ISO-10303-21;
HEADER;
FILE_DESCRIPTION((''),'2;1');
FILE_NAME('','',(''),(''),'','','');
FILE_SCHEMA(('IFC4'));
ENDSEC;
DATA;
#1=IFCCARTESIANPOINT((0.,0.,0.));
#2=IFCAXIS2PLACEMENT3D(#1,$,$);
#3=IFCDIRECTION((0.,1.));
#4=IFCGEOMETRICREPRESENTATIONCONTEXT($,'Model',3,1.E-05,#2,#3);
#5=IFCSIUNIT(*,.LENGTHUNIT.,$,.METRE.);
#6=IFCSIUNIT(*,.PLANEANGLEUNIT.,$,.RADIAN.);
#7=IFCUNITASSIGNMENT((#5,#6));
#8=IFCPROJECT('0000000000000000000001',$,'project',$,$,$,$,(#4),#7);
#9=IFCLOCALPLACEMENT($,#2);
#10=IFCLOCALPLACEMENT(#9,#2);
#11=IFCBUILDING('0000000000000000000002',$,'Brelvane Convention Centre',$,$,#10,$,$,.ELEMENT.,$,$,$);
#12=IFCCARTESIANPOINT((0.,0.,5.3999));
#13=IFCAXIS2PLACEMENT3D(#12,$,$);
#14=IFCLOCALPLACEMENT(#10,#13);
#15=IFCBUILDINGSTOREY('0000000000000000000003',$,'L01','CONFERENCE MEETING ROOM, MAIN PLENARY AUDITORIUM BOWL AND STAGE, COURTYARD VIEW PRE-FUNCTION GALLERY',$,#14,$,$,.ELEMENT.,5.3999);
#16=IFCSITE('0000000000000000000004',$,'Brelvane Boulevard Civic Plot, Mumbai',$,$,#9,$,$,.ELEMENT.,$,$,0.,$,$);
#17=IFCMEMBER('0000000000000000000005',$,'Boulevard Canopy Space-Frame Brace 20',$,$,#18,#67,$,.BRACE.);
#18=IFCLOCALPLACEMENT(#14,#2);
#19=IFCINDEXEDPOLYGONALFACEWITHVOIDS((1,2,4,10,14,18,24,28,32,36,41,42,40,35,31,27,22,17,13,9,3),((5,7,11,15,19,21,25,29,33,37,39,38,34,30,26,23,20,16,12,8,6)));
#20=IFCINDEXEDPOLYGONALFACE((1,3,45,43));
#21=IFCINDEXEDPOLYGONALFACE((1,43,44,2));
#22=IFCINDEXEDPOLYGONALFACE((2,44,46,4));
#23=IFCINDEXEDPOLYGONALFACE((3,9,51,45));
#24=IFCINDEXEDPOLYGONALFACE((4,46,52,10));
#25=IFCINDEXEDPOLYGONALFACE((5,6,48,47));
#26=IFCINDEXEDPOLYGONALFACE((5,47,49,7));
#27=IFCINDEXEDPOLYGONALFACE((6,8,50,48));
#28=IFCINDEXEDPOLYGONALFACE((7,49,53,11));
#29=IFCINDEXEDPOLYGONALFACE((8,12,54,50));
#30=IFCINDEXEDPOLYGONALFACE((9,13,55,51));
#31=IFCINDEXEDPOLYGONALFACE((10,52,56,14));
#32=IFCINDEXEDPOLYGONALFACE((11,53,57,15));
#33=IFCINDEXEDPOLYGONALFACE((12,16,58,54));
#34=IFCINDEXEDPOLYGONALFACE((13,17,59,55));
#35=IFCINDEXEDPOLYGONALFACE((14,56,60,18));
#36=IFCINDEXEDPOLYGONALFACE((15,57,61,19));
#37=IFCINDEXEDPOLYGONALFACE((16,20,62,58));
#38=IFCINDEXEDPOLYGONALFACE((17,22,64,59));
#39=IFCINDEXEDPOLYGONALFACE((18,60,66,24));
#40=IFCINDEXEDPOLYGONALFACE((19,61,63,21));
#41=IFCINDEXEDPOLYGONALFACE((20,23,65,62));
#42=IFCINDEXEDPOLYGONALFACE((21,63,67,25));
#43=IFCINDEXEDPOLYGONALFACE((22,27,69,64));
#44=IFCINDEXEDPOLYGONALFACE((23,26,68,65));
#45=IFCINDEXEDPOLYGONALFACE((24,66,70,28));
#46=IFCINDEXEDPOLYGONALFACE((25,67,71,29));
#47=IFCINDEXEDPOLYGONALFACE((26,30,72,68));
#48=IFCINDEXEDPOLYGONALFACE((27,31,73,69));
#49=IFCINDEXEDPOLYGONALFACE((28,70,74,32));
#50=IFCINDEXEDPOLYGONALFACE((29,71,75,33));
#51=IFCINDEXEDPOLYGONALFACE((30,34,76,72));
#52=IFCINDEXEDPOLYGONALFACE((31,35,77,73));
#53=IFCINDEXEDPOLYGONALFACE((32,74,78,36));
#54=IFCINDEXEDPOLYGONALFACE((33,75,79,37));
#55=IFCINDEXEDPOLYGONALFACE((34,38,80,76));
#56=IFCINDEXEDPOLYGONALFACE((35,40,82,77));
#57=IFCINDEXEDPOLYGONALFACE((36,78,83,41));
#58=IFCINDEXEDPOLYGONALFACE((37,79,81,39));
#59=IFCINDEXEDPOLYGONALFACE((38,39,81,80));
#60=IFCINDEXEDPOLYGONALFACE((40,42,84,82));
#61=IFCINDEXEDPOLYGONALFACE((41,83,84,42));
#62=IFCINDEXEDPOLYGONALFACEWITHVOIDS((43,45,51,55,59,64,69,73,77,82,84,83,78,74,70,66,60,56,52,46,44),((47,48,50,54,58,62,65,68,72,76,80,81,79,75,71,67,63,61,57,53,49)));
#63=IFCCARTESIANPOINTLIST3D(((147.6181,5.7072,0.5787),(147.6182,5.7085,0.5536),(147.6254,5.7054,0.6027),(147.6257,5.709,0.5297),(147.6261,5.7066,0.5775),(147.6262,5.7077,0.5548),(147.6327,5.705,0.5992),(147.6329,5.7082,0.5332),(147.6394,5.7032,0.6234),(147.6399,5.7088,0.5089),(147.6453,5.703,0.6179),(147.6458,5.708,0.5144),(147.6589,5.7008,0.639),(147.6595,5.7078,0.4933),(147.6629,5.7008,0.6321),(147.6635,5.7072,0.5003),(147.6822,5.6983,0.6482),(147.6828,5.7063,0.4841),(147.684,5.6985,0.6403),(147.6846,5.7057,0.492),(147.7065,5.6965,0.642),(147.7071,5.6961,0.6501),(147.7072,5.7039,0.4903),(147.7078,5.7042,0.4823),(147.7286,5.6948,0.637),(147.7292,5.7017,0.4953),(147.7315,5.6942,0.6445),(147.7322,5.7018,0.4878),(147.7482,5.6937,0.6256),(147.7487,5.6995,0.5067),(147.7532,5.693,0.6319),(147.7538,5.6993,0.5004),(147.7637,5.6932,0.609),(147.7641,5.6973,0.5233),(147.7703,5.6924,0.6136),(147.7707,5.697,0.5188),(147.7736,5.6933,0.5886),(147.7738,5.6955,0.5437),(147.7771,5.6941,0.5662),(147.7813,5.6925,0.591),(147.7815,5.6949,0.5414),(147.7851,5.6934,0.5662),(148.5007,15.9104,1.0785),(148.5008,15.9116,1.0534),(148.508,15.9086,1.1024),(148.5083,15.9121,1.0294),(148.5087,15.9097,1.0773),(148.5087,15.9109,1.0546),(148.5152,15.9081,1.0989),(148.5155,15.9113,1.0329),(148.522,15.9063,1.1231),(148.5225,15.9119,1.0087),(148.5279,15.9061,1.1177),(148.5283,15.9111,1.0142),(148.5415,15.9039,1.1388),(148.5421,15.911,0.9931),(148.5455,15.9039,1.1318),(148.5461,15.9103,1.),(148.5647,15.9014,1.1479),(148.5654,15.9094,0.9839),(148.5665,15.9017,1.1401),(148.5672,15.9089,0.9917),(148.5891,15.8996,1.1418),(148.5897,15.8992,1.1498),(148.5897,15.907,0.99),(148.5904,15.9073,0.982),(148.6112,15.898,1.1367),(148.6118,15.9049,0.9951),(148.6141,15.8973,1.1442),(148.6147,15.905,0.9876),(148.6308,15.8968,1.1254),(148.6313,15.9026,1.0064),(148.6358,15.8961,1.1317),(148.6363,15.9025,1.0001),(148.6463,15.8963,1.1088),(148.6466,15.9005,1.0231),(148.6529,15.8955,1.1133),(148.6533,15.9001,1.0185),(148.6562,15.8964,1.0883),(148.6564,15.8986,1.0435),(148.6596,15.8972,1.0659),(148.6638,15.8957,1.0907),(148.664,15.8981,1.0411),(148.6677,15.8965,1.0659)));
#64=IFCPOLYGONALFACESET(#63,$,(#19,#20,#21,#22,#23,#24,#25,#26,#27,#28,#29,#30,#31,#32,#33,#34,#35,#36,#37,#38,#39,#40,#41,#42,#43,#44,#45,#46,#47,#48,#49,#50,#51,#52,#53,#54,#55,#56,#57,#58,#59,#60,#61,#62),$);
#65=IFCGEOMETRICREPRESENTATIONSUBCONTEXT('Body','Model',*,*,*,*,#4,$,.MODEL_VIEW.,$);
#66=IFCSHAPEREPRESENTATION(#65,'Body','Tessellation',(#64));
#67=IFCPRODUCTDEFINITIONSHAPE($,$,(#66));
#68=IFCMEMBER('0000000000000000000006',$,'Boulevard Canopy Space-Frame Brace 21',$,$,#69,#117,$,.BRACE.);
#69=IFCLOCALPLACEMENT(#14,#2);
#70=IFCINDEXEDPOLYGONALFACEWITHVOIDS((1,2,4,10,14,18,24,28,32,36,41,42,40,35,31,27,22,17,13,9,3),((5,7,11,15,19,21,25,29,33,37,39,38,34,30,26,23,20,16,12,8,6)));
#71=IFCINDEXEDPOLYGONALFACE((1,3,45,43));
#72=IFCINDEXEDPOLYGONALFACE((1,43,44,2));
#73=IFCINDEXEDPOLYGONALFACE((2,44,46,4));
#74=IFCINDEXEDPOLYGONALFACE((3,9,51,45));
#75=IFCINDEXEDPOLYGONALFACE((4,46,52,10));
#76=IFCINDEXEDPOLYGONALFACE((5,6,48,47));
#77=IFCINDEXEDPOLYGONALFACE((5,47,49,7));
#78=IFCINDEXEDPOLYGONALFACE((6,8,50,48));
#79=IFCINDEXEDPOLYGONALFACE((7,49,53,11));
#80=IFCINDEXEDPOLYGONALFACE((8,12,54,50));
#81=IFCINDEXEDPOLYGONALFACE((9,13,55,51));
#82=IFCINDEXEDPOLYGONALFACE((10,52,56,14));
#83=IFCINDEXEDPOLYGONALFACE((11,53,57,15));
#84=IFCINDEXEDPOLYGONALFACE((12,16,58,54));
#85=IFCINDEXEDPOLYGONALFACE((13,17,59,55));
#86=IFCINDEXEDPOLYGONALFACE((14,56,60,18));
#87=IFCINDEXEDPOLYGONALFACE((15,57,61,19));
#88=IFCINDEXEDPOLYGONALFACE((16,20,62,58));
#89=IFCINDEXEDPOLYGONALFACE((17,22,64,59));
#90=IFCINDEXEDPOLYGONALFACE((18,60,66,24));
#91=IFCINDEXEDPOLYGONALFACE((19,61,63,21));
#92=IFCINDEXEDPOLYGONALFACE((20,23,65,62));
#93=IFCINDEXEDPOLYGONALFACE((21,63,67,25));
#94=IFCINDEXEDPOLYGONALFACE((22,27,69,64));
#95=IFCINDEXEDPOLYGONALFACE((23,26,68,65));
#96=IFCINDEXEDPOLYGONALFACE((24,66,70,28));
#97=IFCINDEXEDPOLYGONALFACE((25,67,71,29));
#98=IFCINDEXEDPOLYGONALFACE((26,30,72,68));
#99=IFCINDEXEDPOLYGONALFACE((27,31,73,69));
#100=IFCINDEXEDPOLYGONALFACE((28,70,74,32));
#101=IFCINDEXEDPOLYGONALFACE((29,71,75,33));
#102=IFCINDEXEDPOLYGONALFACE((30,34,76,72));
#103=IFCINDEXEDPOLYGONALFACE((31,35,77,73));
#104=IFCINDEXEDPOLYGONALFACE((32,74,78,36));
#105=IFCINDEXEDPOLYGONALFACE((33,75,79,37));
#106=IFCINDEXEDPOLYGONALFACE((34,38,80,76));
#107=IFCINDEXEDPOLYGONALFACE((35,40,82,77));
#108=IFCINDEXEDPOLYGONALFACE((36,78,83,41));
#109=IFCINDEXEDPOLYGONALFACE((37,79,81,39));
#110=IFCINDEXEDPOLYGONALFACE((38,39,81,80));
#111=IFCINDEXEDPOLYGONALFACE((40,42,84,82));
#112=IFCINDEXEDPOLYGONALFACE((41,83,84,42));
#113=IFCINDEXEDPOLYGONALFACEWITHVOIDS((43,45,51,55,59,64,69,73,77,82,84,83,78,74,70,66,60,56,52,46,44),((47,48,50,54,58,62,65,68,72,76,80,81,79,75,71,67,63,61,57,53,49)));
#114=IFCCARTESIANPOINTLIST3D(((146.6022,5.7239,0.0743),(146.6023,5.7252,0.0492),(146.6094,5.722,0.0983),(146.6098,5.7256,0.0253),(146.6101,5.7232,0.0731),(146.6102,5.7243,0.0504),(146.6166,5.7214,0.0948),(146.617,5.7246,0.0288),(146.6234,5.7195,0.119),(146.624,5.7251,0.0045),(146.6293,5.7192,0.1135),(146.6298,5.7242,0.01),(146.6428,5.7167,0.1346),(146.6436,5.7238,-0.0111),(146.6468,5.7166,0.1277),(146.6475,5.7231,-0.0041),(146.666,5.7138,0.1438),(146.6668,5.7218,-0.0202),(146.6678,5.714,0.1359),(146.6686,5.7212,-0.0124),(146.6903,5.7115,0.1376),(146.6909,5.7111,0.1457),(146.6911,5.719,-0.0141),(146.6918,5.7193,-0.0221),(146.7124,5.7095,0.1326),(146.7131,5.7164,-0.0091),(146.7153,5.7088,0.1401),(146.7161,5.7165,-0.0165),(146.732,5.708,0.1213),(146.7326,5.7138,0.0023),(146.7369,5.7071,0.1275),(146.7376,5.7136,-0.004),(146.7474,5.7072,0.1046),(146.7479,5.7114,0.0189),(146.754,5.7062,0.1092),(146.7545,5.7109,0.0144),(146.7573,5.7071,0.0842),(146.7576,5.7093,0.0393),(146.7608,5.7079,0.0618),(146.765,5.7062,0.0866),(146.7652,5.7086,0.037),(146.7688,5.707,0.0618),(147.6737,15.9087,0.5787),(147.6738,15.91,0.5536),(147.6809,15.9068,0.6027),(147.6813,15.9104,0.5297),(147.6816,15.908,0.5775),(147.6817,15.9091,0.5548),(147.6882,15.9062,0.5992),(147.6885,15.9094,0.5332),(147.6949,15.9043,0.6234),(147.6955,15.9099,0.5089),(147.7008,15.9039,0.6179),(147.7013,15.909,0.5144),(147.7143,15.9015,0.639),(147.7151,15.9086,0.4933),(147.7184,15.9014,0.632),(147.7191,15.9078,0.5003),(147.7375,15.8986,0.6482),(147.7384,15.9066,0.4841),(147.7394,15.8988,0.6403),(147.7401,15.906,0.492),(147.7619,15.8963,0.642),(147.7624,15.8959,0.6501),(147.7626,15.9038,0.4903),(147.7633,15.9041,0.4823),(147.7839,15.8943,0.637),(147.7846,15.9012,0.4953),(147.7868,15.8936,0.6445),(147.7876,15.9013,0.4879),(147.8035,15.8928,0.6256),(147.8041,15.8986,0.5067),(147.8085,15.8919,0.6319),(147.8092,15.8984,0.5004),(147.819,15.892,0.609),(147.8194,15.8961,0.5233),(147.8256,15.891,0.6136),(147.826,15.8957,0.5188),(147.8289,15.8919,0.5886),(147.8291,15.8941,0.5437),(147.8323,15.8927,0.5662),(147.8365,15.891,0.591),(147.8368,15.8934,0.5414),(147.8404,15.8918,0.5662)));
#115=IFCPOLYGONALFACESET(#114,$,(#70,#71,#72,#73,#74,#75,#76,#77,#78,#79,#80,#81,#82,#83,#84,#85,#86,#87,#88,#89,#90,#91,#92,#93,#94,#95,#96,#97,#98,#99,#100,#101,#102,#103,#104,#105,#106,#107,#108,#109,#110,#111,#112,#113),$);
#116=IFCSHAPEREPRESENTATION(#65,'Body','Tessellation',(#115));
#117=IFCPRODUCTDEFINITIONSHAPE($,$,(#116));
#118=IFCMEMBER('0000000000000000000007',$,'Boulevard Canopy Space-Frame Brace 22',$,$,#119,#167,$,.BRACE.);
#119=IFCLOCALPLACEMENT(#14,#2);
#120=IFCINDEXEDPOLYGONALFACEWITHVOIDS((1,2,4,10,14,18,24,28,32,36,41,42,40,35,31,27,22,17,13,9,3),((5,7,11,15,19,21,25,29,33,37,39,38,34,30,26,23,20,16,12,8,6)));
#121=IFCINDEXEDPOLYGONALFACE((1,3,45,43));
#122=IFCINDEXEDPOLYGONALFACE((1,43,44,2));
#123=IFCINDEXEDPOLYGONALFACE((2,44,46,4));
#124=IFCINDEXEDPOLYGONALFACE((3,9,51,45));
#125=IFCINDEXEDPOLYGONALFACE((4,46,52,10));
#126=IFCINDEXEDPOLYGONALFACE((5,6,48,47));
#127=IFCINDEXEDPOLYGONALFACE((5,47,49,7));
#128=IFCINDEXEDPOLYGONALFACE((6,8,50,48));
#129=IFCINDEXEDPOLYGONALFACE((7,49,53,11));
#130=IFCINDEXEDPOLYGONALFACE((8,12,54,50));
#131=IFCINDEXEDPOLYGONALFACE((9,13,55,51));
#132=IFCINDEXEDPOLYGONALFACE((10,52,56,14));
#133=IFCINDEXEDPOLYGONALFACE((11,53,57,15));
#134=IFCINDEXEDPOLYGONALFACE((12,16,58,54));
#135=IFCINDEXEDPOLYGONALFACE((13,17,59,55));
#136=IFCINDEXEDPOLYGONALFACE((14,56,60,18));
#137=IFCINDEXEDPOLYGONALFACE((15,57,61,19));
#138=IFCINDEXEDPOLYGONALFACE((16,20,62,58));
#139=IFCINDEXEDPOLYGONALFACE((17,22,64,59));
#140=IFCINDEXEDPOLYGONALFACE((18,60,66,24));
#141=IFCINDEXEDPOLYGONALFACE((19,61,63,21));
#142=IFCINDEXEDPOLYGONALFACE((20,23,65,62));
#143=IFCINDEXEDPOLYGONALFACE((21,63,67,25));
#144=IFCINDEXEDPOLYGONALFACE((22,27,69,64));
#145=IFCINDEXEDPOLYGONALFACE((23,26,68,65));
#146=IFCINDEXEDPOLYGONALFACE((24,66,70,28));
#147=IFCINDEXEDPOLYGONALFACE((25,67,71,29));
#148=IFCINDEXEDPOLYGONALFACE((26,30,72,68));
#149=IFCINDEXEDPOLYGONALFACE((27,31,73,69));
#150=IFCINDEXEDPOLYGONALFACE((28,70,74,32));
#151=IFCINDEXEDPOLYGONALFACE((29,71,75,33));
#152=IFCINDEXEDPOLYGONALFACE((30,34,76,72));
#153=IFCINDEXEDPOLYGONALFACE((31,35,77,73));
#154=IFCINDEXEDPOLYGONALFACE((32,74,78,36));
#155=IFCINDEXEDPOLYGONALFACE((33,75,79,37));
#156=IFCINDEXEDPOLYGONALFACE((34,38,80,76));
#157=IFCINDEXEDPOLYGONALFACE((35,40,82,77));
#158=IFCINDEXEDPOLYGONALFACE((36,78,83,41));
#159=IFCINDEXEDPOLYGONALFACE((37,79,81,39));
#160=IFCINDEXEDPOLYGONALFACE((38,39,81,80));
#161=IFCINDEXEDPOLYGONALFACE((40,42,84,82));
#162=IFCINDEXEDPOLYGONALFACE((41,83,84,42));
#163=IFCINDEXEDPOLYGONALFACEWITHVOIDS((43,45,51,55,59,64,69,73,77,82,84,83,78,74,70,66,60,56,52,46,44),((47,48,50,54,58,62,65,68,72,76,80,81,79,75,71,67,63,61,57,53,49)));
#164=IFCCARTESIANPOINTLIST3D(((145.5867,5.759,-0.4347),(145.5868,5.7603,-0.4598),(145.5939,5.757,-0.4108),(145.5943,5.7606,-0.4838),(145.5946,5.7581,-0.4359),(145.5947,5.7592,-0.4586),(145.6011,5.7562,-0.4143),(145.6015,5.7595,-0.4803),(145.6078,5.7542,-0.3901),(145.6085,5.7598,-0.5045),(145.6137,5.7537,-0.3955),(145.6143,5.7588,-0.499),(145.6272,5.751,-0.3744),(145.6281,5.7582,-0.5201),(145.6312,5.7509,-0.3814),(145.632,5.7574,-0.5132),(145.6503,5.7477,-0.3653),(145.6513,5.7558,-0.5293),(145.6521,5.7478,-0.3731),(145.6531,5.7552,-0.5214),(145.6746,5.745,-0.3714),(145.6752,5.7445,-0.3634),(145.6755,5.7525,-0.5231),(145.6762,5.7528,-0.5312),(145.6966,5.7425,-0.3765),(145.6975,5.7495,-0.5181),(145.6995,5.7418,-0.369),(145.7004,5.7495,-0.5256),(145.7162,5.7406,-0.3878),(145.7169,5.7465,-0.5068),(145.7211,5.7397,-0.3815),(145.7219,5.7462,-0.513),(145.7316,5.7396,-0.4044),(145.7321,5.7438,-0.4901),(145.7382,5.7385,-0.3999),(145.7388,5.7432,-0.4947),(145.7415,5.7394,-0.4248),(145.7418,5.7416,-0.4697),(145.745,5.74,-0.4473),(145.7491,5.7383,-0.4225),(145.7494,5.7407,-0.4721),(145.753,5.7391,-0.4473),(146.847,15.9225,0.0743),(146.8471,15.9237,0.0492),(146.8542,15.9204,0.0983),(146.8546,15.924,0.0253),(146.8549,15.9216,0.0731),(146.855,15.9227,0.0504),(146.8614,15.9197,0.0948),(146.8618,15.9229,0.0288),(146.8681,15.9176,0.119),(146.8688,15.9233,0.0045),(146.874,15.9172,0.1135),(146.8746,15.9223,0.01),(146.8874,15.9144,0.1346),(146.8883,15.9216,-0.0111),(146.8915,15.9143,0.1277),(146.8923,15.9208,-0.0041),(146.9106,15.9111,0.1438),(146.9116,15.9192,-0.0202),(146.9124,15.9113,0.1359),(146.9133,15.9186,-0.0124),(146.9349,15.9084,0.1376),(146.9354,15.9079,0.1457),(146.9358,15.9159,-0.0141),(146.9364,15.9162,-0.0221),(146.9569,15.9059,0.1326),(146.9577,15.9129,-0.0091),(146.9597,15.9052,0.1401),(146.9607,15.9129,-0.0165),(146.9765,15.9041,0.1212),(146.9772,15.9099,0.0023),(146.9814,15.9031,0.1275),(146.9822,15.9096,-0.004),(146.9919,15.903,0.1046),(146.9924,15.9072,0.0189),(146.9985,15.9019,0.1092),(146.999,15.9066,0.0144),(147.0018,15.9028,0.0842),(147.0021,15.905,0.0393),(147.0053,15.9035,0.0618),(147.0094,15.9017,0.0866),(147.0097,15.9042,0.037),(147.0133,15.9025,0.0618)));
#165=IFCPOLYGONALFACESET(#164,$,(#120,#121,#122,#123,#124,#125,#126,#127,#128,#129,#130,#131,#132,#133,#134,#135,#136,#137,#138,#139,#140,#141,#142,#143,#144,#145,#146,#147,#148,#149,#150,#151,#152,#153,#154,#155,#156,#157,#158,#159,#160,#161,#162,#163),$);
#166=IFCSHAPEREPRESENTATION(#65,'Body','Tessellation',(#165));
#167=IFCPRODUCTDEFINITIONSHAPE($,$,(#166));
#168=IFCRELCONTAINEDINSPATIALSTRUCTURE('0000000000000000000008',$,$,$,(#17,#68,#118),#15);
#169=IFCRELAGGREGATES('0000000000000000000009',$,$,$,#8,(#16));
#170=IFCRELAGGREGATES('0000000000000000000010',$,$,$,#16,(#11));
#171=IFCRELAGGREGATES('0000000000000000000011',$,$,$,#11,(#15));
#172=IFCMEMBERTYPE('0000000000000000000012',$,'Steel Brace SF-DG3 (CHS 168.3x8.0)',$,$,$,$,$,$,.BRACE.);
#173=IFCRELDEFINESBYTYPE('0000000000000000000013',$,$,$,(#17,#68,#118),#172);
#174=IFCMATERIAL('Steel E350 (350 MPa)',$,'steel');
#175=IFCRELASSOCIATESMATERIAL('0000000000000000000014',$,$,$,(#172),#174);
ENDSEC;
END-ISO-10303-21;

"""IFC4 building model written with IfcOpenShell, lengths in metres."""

from ifc_helpers import new_model, si_unit, direction, frame, origin, origin_2d, place, context, subcontext, project, spatial, hollow_circle, extrude, material, material_profile, profile_set, type_object, element, save


model = new_model("IFC4")

# Units and contexts
model_context = context("Model", 3, precision=1e-05, world=origin(), true_north=direction((0.0, 1.0)))
body_context = subcontext(model_context, "Body", "Model", "MODEL_VIEW")
ifc_project = project(units=[si_unit("LENGTHUNIT", "METRE"), si_unit("PLANEANGLEUNIT", "RADIAN")], contexts=[model_context])

# Site, building, storey
site_placement = place(None, origin())
site = spatial("IfcSite", under=ifc_project, at=site_placement, Name="Brelvane Boulevard Civic Plot, Mumbai", CompositionType="ELEMENT", RefElevation=0.0)
building_placement = place(site_placement, origin())
building = spatial("IfcBuilding", under=site, at=building_placement, Name="Brelvane Convention Centre", CompositionType="ELEMENT")
storey_placement = place(building_placement, frame((0.0, 0.0, 5.3999)))
storey = spatial("IfcBuildingStorey", under=building, at=storey_placement, Name="L01", Description="CONFERENCE MEETING ROOM, MAIN PLENARY AUDITORIUM BOWL AND STAGE, COURTYARD VIEW PRE-FUNCTION GALLERY", CompositionType="ELEMENT", Elevation=5.3999)

# Members
ifc_material_1 = material(Name="Steel E350 (350 MPa)", Category="steel")
ifc_material_profile_1 = material_profile(ifc_material_1, hollow_circle(Radius=0.0842, WallThickness=0.0081, at=origin_2d()), Name="CHS 168.3x8.0")
ifc_profile_set_1 = profile_set([ifc_material_profile_1], Name="Steel E350 (350 MPa)")
member_type_1 = type_object("IfcMemberType", Name="Steel Brace SF-DG3 (CHS 168.3x8.0)", PredefinedType="BRACE", material=ifc_profile_set_1)
for number, where, z_axis, x_axis, name in (
    (1, (148.5837, 15.9038, 1.0659), (-0.086076, -0.995096, -0.04874), (0.99628, -0.086178, 0.0), "Boulevard Canopy Space-Frame Brace 20"),
    (2, (147.7566, 15.9006, 0.5662), (-0.104505, -0.993307, -0.049193), (0.994511, -0.104631, 0.0), "Boulevard Canopy Space-Frame Brace 21"),
):
    element("IfcMember", number, at=place(storey_placement, frame(where, z_axis=z_axis, x_axis=x_axis)), inside=storey, type_object=member_type_1, Name=name, PredefinedType="BRACE", context=body_context, shape_type="SweptSolid", body=[
        extrude(hollow_circle(Radius=0.0842, WallThickness=0.0081, at=origin_2d()), origin(), (0.0, 0.0, 1.0), 10.2534),
    ])
member_1_placement = place(storey_placement, frame((146.9297, 15.9128, 0.0618), z_axis=(-0.122906, -0.991176, -0.049643), x_axis=(0.9924, -0.123058, 0.0)))
element("IfcMember", 3, at=member_1_placement, inside=storey, type_object=member_type_1, Name="Boulevard Canopy Space-Frame Brace 22", PredefinedType="BRACE", context=body_context, shape_type="SweptSolid", body=[
    extrude(hollow_circle(Radius=0.0842, WallThickness=0.0081, at=origin_2d()), origin(), (0.0, 0.0, 1.0), 10.2539),
])

save(model, "model.ifc")
